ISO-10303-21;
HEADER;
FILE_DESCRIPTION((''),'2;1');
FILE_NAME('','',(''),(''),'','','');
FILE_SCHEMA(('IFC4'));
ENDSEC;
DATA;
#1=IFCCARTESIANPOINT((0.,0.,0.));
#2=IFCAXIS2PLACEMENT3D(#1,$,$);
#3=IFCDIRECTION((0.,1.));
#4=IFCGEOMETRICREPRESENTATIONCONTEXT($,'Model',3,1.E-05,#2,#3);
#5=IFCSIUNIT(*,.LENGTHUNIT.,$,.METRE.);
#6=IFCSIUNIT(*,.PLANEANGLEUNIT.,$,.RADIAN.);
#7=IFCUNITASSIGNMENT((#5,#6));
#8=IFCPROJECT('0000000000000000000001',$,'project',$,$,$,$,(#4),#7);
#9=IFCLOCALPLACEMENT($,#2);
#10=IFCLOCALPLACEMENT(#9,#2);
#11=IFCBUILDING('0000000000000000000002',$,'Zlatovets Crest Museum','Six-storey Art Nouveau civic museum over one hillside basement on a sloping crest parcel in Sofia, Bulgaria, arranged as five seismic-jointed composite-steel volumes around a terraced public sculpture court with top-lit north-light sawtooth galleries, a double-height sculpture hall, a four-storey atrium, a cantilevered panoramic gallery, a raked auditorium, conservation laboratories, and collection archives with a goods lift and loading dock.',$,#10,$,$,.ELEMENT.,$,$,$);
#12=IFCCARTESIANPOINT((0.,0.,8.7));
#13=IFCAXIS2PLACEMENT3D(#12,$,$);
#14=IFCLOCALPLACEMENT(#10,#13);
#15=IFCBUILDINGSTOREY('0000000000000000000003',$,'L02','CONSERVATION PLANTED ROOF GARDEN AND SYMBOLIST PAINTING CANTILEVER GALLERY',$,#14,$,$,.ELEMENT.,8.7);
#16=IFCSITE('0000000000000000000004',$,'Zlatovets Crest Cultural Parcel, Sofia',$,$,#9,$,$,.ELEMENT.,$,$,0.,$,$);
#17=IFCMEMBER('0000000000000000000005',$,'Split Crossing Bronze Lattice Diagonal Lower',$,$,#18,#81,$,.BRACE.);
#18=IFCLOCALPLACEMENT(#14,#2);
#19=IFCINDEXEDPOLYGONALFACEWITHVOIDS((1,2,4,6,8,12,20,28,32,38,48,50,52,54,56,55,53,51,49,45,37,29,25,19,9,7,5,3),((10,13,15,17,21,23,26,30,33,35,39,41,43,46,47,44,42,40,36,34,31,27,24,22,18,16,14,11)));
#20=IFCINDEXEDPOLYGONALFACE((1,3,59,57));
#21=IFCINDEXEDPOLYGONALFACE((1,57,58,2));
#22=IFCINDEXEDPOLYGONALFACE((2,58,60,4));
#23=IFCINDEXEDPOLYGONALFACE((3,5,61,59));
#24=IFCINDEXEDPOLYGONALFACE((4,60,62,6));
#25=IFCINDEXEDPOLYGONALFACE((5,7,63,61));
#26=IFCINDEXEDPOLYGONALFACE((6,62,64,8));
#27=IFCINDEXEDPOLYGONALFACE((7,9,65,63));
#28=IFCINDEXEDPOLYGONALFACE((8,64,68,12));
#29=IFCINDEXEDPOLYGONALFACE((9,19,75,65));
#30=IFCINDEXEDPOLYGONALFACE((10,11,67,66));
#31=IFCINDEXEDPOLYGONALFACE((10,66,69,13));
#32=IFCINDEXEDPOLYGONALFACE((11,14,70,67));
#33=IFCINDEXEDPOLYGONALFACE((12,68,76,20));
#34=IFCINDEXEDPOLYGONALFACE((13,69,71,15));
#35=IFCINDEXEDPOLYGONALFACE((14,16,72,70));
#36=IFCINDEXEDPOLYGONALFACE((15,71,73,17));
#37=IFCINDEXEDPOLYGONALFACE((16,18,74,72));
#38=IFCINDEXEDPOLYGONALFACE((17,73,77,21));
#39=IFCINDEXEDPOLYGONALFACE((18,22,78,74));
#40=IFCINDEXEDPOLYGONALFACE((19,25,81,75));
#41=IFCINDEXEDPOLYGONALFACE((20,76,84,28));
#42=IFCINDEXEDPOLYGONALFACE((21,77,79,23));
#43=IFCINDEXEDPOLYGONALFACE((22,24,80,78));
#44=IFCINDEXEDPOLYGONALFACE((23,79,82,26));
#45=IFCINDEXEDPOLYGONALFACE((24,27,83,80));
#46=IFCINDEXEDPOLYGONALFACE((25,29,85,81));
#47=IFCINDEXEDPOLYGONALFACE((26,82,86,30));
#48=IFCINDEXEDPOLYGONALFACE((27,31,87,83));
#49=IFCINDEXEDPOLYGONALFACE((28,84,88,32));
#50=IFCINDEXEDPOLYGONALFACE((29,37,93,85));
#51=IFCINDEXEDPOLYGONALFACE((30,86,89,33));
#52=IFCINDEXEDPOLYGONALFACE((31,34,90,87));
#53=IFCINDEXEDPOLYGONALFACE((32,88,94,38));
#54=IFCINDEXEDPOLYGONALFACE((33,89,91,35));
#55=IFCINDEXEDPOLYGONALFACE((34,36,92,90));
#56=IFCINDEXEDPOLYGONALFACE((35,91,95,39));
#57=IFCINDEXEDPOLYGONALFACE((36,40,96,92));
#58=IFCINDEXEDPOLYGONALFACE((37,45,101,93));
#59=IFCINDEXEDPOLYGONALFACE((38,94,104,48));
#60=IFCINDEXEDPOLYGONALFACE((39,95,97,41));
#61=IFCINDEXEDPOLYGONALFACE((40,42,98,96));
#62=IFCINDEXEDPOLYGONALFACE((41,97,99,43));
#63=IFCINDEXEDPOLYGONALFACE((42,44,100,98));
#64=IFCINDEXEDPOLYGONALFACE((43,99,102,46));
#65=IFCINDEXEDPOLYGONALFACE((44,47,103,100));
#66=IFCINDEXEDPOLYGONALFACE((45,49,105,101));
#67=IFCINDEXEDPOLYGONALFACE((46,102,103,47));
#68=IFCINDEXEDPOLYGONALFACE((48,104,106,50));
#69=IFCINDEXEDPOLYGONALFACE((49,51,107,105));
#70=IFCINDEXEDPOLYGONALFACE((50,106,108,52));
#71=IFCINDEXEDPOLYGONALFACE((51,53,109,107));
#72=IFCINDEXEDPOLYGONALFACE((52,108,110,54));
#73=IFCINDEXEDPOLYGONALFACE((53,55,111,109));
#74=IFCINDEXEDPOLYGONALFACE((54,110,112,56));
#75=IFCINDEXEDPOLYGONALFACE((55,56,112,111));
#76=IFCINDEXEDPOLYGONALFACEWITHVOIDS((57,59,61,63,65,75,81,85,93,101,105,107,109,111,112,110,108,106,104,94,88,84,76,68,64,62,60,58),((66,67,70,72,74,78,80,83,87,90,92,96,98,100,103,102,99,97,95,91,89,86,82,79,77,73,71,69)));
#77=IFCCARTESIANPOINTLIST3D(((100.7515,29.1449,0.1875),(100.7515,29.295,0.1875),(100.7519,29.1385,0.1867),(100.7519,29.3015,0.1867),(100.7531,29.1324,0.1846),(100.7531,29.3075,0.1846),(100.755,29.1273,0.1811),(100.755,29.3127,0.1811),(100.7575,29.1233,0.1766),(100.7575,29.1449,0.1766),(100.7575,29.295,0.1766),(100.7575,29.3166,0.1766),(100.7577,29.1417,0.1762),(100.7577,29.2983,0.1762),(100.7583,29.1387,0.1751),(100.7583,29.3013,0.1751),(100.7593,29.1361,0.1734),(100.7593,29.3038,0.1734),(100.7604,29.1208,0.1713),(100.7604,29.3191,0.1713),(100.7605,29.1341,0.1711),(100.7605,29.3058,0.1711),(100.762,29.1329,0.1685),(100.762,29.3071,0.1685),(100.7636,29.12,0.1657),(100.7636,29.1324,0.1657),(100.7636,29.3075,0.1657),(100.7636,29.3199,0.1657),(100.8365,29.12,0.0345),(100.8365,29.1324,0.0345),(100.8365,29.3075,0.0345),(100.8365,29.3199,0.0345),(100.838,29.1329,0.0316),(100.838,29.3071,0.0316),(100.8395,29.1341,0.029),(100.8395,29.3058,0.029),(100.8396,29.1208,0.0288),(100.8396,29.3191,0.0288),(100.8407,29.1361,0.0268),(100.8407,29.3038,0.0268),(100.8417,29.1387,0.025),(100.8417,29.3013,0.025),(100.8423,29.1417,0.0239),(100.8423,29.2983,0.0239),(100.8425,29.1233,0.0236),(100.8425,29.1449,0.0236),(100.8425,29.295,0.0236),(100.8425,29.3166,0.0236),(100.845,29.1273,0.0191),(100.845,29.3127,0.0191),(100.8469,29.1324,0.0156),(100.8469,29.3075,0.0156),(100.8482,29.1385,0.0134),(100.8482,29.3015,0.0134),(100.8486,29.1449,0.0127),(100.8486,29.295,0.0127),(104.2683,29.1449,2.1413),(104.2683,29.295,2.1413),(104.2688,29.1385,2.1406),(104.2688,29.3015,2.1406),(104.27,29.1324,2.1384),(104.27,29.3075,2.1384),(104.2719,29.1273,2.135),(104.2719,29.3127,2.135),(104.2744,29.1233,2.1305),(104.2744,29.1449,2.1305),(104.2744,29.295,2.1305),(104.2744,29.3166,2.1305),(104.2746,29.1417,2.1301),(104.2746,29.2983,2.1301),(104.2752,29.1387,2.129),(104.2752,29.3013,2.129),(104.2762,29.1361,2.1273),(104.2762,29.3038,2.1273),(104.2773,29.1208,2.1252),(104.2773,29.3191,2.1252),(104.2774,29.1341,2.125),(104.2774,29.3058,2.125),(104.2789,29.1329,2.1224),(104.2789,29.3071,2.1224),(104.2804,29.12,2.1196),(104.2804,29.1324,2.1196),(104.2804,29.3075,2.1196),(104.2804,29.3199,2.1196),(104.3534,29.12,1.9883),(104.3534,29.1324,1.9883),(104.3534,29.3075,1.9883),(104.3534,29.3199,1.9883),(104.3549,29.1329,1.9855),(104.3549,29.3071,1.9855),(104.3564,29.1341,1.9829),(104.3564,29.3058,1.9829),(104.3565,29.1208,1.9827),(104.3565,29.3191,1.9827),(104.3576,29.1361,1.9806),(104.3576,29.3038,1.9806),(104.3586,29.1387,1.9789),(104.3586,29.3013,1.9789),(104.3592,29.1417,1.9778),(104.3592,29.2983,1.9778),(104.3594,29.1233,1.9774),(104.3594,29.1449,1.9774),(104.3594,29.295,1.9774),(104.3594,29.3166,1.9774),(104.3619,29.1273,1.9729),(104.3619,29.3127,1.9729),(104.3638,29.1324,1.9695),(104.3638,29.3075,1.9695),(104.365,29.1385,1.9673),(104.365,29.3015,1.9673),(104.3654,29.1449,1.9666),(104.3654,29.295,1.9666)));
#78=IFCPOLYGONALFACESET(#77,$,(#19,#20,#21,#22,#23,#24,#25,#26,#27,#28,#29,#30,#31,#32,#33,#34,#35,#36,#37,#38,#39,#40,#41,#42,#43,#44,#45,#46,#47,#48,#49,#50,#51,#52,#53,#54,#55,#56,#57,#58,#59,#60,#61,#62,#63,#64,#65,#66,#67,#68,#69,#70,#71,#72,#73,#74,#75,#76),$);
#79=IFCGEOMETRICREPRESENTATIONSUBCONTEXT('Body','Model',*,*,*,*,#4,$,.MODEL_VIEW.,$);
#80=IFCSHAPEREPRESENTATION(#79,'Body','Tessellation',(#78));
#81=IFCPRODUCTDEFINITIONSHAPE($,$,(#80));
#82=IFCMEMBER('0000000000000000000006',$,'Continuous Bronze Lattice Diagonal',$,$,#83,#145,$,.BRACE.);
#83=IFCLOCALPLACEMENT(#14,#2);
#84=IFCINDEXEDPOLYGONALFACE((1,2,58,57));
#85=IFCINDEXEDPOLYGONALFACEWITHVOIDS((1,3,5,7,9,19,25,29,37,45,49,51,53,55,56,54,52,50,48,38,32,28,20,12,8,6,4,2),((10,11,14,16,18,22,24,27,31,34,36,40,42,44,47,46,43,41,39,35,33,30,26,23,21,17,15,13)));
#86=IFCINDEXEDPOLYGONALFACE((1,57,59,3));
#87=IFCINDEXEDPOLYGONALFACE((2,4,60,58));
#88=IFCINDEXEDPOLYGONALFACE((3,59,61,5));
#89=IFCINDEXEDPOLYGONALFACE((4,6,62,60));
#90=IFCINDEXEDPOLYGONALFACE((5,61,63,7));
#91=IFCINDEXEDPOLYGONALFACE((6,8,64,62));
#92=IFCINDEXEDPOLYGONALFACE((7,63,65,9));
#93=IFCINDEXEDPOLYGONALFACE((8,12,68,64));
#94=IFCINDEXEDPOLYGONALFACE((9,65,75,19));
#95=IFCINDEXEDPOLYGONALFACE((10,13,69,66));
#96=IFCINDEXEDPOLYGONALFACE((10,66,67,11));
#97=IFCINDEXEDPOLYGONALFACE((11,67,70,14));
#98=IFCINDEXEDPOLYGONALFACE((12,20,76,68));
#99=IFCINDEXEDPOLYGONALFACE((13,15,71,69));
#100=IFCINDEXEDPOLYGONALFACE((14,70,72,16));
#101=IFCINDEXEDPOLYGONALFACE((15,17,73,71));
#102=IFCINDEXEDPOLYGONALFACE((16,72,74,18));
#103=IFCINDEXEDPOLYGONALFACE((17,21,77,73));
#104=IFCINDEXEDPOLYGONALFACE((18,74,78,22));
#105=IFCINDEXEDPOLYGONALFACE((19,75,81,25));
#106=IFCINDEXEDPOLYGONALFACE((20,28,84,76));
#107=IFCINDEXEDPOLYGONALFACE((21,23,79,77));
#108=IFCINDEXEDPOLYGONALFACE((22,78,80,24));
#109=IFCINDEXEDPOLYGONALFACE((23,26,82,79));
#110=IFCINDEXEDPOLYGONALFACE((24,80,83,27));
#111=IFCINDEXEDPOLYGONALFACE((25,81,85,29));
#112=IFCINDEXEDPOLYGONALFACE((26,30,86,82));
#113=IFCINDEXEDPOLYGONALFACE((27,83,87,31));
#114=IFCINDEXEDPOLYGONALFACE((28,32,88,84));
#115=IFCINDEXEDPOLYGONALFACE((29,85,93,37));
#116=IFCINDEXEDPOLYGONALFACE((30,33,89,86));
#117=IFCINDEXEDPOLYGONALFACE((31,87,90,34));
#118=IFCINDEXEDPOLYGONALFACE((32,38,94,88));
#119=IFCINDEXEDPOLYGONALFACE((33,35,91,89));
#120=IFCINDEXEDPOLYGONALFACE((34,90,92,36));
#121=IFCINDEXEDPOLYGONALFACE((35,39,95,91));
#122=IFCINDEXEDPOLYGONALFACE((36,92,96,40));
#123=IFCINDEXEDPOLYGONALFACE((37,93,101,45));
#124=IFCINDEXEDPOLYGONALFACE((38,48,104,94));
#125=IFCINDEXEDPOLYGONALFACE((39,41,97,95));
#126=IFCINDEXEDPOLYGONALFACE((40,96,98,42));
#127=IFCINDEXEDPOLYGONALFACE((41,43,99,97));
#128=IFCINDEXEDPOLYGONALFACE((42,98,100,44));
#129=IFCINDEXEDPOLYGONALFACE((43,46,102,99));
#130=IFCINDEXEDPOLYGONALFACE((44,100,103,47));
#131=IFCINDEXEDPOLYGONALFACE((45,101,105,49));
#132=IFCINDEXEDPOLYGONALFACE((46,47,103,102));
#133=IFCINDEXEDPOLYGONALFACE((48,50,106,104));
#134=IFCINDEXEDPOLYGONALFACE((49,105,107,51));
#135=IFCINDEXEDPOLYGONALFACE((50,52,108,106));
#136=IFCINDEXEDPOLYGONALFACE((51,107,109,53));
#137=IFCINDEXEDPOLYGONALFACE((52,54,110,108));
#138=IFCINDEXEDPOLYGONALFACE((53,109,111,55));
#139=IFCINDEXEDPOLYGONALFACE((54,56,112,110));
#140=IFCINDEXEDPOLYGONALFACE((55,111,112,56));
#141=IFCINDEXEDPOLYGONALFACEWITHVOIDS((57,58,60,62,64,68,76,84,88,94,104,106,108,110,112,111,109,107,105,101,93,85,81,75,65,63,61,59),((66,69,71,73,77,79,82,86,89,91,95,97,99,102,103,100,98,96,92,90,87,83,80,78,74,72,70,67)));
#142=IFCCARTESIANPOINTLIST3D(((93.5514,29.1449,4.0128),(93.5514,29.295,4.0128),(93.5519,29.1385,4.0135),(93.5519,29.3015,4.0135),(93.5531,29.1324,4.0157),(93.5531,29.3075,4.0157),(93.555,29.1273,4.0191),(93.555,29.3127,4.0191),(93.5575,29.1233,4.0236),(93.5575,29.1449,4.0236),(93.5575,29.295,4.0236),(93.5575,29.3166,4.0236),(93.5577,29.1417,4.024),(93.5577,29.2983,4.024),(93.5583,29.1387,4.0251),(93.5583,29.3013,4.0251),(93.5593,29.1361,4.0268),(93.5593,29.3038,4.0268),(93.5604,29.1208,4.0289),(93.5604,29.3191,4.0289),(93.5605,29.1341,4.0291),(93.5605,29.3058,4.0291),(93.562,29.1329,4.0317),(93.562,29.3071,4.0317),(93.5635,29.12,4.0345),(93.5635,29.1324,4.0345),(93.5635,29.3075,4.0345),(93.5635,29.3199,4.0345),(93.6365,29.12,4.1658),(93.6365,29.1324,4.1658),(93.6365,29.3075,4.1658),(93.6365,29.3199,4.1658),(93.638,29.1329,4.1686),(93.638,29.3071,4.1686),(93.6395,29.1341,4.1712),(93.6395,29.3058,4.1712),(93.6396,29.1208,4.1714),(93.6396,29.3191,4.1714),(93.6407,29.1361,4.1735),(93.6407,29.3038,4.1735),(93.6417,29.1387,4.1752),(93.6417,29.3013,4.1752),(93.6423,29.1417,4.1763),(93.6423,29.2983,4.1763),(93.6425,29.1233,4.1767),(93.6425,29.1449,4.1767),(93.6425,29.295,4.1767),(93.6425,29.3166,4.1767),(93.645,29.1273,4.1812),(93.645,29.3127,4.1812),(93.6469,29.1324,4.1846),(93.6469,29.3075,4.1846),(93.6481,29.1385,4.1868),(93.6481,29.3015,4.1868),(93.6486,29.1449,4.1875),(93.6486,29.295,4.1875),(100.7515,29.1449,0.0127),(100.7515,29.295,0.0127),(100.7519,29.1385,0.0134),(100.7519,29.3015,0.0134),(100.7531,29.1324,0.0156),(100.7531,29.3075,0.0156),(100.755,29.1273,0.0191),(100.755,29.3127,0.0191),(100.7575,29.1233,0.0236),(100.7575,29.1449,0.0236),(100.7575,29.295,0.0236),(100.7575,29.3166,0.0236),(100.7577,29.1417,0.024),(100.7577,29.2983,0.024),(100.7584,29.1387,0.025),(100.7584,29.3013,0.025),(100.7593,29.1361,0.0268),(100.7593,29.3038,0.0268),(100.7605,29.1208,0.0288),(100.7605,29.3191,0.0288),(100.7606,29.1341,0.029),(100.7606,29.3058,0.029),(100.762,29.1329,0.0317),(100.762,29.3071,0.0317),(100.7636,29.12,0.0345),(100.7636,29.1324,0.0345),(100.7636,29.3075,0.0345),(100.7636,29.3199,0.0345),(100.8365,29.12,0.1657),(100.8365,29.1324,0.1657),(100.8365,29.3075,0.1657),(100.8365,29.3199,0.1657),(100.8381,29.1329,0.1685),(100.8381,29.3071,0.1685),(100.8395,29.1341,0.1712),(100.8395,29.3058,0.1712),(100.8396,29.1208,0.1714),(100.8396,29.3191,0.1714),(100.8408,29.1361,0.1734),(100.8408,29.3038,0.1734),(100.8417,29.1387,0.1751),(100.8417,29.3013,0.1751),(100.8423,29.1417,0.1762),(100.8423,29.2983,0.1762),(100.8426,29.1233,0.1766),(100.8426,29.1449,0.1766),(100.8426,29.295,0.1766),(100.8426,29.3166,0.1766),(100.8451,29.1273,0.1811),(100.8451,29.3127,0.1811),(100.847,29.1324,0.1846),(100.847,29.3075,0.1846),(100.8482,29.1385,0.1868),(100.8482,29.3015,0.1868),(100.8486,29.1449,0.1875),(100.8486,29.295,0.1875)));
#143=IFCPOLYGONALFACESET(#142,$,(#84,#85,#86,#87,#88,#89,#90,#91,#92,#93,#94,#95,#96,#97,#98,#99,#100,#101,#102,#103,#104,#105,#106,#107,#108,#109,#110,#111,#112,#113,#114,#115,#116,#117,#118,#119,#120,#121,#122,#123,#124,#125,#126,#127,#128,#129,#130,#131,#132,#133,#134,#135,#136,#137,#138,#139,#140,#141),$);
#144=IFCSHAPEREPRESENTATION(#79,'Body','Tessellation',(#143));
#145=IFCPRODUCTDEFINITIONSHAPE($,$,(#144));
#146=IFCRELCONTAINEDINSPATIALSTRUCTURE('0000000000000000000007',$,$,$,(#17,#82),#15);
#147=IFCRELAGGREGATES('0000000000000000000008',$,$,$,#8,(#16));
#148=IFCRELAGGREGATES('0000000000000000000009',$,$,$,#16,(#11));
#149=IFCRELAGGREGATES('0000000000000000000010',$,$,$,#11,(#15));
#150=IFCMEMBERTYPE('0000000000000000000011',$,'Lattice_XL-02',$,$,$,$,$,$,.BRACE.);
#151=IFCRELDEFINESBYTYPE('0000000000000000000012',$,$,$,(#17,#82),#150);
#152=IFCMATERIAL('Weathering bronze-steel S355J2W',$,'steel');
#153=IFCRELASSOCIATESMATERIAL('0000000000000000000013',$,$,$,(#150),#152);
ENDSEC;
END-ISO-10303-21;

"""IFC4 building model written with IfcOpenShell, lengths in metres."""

from ifc_helpers import new_model, si_unit, direction, frame, origin, origin_2d, place, context, subcontext, project, spatial, hollow_rectangle, extrude, material, material_profile, profile_set, type_object, element, save


model = new_model("IFC4")

# Units and contexts
model_context = context("Model", 3, precision=1e-05, world=origin(), true_north=direction((0.0, 1.0)))
body_context = subcontext(model_context, "Body", "Model", "MODEL_VIEW")
ifc_project = project(units=[si_unit("LENGTHUNIT", "METRE"), si_unit("PLANEANGLEUNIT", "RADIAN")], contexts=[model_context])

# Site, building, storey
site_placement = place(None, origin())
site = spatial("IfcSite", under=ifc_project, at=site_placement, Name="Zlatovets Crest Cultural Parcel, Sofia", CompositionType="ELEMENT", RefElevation=0.0)
building_placement = place(site_placement, origin())
building = spatial("IfcBuilding", under=site, at=building_placement, Name="Zlatovets Crest Museum", Description="Six-storey Art Nouveau civic museum over one hillside basement on a sloping crest parcel in Sofia, Bulgaria, arranged as five seismic-jointed composite-steel volumes around a terraced public sculpture court with top-lit north-light sawtooth galleries, a double-height sculpture hall, a four-storey atrium, a cantilevered panoramic gallery, a raked auditorium, conservation laboratories, and collection archives with a goods lift and loading dock.", CompositionType="ELEMENT")
storey_placement = place(building_placement, frame((0.0, 0.0, 8.7)))
storey = spatial("IfcBuildingStorey", under=building, at=storey_placement, Name="L02", Description="CONSERVATION PLANTED ROOF GARDEN AND SYMBOLIST PAINTING CANTILEVER GALLERY", CompositionType="ELEMENT", Elevation=8.7)

# Members
ifc_material_1 = material(Name="Weathering bronze-steel S355J2W", Category="steel")
ifc_material_profile_1 = material_profile(ifc_material_1, hollow_rectangle(XDim=0.2, YDim=0.2, WallThickness=0.0125, InnerFilletRadius=0.0125, OuterFilletRadius=0.0249, at=origin_2d()), Name="SHS 200x200x12.5")
ifc_profile_set_1 = profile_set([ifc_material_profile_1], Name="Weathering bronze-steel S355J2W")
member_type_1 = type_object("IfcMemberType", Name="Lattice_XL-02", PredefinedType="BRACE", material=ifc_profile_set_1)
member_1_placement = place(storey_placement, frame((104.3169, 29.22, 2.054), z_axis=(-0.874152, 0.0, -0.485653), x_axis=(0.0, -1.0, 0.0)))
element("IfcMember", 1, at=member_1_placement, inside=storey, type_object=member_type_1, Name="Split Crossing Bronze Lattice Diagonal Lower", PredefinedType="BRACE", context=body_context, shape_type="SweptSolid", body=[
    extrude(hollow_rectangle(XDim=0.2, YDim=0.2, WallThickness=0.0125, InnerFilletRadius=0.0125, OuterFilletRadius=0.0249, at=origin_2d()), origin(), (0.0, 0.0, 1.0), 4.0232),
])
member_2_placement = place(storey_placement, frame((100.8, 29.22, 0.1001), z_axis=(-0.874156, 0.0, 0.485645), x_axis=(0.0, -1.0, 0.0)))
element("IfcMember", 2, at=member_2_placement, inside=storey, type_object=member_type_1, Name="Continuous Bronze Lattice Diagonal", PredefinedType="BRACE", context=body_context, shape_type="SweptSolid", body=[
    extrude(hollow_rectangle(XDim=0.2, YDim=0.2, WallThickness=0.0125, InnerFilletRadius=0.0125, OuterFilletRadius=0.0249, at=origin_2d()), origin(), (0.0, 0.0, 1.0), 8.2366),
])

save(model, "model.ifc")
